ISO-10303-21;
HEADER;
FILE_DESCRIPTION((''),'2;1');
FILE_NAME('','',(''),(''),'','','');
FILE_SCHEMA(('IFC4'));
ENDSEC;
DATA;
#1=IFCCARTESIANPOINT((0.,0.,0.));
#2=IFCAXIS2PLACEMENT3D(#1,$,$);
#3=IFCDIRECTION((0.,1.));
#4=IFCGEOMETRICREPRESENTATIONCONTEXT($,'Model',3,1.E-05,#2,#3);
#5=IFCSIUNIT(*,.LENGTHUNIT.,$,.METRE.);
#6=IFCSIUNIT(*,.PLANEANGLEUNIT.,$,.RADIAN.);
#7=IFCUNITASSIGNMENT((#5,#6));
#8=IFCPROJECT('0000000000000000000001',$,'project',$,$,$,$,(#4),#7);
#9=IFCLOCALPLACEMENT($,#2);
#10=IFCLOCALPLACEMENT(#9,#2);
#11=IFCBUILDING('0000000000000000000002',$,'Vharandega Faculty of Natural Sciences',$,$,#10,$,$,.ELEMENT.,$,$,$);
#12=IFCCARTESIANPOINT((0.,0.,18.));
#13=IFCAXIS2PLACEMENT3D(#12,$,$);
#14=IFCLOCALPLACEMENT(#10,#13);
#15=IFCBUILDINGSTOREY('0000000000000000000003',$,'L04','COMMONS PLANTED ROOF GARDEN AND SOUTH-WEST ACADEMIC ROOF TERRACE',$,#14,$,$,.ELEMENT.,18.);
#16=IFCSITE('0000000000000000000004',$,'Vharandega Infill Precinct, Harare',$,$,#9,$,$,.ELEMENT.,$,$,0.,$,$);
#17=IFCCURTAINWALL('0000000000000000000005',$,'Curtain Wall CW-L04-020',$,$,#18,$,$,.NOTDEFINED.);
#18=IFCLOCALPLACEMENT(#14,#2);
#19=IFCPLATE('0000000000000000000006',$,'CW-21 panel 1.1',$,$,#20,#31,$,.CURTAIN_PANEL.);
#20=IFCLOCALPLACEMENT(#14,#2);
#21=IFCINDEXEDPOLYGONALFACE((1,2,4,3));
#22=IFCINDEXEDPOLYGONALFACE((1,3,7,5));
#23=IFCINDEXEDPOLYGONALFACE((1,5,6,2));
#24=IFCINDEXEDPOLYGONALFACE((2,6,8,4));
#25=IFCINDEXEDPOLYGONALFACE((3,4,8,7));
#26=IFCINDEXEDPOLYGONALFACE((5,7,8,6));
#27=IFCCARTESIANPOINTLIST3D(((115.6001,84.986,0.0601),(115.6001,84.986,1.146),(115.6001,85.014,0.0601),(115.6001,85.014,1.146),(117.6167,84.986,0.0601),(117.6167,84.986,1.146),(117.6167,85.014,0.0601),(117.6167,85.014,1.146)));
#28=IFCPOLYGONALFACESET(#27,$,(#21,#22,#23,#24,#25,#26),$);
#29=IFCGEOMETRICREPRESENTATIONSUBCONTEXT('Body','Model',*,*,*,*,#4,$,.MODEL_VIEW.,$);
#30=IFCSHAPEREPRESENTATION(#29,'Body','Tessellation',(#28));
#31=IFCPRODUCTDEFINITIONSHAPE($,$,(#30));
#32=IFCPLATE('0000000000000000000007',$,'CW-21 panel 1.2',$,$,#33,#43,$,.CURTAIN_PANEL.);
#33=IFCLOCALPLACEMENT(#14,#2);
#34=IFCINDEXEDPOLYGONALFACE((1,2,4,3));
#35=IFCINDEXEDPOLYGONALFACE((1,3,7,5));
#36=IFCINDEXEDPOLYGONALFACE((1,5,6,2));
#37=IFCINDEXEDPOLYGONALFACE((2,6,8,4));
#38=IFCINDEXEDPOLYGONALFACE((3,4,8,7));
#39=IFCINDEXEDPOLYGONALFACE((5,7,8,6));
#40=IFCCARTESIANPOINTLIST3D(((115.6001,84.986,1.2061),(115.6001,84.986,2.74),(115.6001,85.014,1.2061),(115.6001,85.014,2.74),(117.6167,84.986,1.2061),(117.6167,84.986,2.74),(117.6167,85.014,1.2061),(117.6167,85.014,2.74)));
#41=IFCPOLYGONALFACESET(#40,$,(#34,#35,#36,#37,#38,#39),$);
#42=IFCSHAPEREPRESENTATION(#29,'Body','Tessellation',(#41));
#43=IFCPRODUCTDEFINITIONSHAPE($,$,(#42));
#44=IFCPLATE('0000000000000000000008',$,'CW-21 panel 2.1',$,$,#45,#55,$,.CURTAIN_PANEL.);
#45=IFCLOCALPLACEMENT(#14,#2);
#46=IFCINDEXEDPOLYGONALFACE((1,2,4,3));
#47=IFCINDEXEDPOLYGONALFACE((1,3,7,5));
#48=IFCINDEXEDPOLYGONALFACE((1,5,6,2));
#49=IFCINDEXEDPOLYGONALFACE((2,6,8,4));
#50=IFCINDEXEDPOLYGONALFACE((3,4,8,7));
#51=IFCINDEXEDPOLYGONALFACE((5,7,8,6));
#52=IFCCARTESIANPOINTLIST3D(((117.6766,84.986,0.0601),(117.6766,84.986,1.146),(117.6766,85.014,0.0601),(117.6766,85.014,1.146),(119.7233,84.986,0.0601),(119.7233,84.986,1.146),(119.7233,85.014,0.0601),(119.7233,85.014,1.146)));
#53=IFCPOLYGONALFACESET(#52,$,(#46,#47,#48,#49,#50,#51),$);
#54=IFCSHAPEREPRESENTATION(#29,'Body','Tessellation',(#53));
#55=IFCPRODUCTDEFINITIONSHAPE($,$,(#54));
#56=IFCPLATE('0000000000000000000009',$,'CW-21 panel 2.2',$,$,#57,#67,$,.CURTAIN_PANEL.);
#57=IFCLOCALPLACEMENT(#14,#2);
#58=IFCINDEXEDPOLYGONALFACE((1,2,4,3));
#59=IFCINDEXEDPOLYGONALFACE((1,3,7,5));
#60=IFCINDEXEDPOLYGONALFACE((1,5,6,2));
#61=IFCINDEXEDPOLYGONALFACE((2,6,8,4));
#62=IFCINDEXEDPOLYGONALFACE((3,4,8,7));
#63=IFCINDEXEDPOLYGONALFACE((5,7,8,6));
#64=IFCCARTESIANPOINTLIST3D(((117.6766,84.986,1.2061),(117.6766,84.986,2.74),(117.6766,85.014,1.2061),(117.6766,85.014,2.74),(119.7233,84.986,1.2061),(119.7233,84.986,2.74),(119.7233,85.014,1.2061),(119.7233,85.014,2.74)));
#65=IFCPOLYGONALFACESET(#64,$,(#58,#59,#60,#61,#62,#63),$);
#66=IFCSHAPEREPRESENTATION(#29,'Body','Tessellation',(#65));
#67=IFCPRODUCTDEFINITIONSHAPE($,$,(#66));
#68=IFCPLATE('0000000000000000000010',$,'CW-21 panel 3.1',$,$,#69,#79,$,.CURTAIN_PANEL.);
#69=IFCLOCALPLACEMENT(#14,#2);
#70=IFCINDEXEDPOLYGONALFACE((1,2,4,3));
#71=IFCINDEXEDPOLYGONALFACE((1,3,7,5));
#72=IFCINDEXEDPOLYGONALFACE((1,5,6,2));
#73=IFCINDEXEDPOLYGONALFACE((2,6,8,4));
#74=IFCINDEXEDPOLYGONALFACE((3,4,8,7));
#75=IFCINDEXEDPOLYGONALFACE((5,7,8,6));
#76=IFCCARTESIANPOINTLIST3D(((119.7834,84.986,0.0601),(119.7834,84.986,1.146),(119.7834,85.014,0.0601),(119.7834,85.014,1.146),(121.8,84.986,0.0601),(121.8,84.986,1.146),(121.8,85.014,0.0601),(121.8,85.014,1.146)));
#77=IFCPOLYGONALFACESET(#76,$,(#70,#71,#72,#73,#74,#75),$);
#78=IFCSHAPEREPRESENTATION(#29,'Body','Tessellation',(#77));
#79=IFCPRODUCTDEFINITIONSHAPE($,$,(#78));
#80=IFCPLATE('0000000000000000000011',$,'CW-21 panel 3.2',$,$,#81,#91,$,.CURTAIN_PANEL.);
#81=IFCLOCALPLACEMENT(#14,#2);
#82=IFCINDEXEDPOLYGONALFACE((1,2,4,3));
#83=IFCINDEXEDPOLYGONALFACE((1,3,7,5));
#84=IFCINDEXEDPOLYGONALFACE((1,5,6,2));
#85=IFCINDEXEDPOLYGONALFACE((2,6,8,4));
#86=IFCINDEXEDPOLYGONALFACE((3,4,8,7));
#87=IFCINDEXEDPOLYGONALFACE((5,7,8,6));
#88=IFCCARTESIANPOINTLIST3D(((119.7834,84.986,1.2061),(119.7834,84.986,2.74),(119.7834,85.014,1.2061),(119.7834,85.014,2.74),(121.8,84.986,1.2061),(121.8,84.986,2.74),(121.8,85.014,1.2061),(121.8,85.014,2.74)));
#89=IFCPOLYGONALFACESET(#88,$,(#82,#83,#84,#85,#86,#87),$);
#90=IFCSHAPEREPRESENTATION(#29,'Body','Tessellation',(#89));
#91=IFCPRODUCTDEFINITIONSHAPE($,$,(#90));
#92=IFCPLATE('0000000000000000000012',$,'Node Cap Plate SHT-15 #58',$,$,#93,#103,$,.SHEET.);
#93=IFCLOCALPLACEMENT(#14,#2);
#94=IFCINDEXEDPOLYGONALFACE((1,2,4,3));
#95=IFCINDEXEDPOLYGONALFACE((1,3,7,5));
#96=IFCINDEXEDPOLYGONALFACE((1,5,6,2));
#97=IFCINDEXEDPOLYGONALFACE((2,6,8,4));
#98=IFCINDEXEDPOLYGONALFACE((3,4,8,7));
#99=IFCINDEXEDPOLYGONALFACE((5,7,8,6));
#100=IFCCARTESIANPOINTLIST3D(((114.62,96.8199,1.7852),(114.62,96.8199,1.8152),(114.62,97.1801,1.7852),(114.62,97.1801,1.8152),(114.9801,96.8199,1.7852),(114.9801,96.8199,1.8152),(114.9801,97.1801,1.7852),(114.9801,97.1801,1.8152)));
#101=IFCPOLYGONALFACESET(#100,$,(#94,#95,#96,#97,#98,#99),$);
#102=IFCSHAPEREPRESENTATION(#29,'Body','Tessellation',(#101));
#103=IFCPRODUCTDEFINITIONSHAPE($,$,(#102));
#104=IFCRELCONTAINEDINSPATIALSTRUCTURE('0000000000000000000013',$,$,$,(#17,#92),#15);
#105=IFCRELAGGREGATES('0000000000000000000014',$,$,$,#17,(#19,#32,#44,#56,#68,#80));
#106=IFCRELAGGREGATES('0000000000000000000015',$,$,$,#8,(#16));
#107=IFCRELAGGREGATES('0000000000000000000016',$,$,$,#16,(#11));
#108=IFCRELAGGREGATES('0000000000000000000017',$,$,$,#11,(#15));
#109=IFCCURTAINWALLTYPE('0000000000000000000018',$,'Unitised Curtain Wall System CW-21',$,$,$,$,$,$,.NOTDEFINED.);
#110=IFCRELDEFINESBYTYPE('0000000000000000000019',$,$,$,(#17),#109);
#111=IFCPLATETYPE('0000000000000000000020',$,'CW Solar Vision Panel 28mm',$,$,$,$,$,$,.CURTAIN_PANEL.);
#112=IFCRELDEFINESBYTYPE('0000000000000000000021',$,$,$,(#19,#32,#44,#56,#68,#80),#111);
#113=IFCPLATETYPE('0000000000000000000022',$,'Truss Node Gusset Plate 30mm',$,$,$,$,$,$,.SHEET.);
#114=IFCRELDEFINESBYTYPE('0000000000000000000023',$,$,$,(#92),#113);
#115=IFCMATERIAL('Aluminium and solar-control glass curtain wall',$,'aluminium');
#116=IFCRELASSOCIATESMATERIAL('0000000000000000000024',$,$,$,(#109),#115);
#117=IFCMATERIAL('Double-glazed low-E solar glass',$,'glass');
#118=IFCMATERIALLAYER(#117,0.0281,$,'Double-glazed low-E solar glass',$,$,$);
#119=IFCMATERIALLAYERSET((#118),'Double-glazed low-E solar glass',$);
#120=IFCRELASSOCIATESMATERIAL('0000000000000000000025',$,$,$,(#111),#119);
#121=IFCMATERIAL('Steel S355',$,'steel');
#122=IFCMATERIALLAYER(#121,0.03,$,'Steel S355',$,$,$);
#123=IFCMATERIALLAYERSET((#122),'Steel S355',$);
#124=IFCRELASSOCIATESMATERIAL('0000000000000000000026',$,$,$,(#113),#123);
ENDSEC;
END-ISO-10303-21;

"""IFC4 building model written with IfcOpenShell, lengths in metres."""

from ifc_helpers import new_model, si_unit, direction, frame, origin, origin_2d, place, context, subcontext, project, spatial, rectangle, extrude, material, layer, layer_set, type_object, element, aggregate, save


model = new_model("IFC4")

# Units and contexts
model_context = context("Model", 3, precision=1e-05, world=origin(), true_north=direction((0.0, 1.0)))
body_context = subcontext(model_context, "Body", "Model", "MODEL_VIEW")
ifc_project = project(units=[si_unit("LENGTHUNIT", "METRE"), si_unit("PLANEANGLEUNIT", "RADIAN")], contexts=[model_context])

# Site, building, storey
site_placement = place(None, origin())
site = spatial("IfcSite", under=ifc_project, at=site_placement, Name="Vharandega Infill Precinct, Harare", CompositionType="ELEMENT", RefElevation=0.0)
building_placement = place(site_placement, origin())
building = spatial("IfcBuilding", under=site, at=building_placement, Name="Vharandega Faculty of Natural Sciences", CompositionType="ELEMENT")
storey_placement = place(building_placement, frame((0.0, 0.0, 18.0)))
storey = spatial("IfcBuildingStorey", under=building, at=storey_placement, Name="L04", Description="COMMONS PLANTED ROOF GARDEN AND SOUTH-WEST ACADEMIC ROOF TERRACE", CompositionType="ELEMENT", Elevation=18.0)

# Curtain wall, plates
ifc_material_1 = material(Name="Aluminium and solar-control glass curtain wall", Category="aluminium")
curtain_wall_type = type_object("IfcCurtainWallType", Name="Unitised Curtain Wall System CW-21", PredefinedType="NOTDEFINED", material=ifc_material_1)
curtain_wall_placement = place(storey_placement, origin())
curtain_wall = element("IfcCurtainWall", 1, at=curtain_wall_placement, inside=storey, type_object=curtain_wall_type, Name="Curtain Wall CW-L04-020", PredefinedType="NOTDEFINED")
ifc_material_2 = material(Name="Double-glazed low-E solar glass", Category="glass")
ifc_layer_1 = layer(ifc_material_2, 0.0281, Name="Double-glazed low-E solar glass")
ifc_layer_set_1 = layer_set([ifc_layer_1], Name="Double-glazed low-E solar glass")
plate_type_1 = type_object("IfcPlateType", Name="CW Solar Vision Panel 28mm", PredefinedType="CURTAIN_PANEL", material=ifc_layer_set_1)
plate_1_placement = place(storey_placement, frame((116.6084, 85.0, 0.0601), z_axis=(0.0, 0.0, 1.0), x_axis=(1.0, 0.0, 0.0)))
plate_1 = element("IfcPlate", 2, at=plate_1_placement, type_object=plate_type_1, Name="CW-21 panel 1.1", PredefinedType="CURTAIN_PANEL", context=body_context, shape_type="SweptSolid", body=[
    extrude(rectangle(XDim=2.0166, YDim=0.0281, at=origin_2d()), origin(), (0.0, 0.0, 1.0), 1.0859),
])
plate_2_placement = place(storey_placement, frame((116.6084, 85.0, 1.2061), z_axis=(0.0, 0.0, 1.0), x_axis=(1.0, 0.0, 0.0)))
plate_2 = element("IfcPlate", 3, at=plate_2_placement, type_object=plate_type_1, Name="CW-21 panel 1.2", PredefinedType="CURTAIN_PANEL", context=body_context, shape_type="SweptSolid", body=[
    extrude(rectangle(XDim=2.0166, YDim=0.0281, at=origin_2d()), origin(), (0.0, 0.0, 1.0), 1.5339),
])
plate_3_placement = place(storey_placement, frame((118.7, 85.0, 0.0601), z_axis=(0.0, 0.0, 1.0), x_axis=(1.0, 0.0, 0.0)))
plate_3 = element("IfcPlate", 4, at=plate_3_placement, type_object=plate_type_1, Name="CW-21 panel 2.1", PredefinedType="CURTAIN_PANEL", context=body_context, shape_type="SweptSolid", body=[
    extrude(rectangle(XDim=2.0466, YDim=0.0281, at=origin_2d()), origin(), (0.0, 0.0, 1.0), 1.0859),
])
plate_4_placement = place(storey_placement, frame((118.7, 85.0, 1.2061), z_axis=(0.0, 0.0, 1.0), x_axis=(1.0, 0.0, 0.0)))
plate_4 = element("IfcPlate", 5, at=plate_4_placement, type_object=plate_type_1, Name="CW-21 panel 2.2", PredefinedType="CURTAIN_PANEL", context=body_context, shape_type="SweptSolid", body=[
    extrude(rectangle(XDim=2.0466, YDim=0.0281, at=origin_2d()), origin(), (0.0, 0.0, 1.0), 1.5339),
])
plate_5_placement = place(storey_placement, frame((120.7917, 85.0, 0.0601), z_axis=(0.0, 0.0, 1.0), x_axis=(1.0, 0.0, 0.0)))
plate_5 = element("IfcPlate", 6, at=plate_5_placement, type_object=plate_type_1, Name="CW-21 panel 3.1", PredefinedType="CURTAIN_PANEL", context=body_context, shape_type="SweptSolid", body=[
    extrude(rectangle(XDim=2.0166, YDim=0.0281, at=origin_2d()), origin(), (0.0, 0.0, 1.0), 1.0859),
])
plate_6_placement = place(storey_placement, frame((120.7917, 85.0, 1.2061), z_axis=(0.0, 0.0, 1.0), x_axis=(1.0, 0.0, 0.0)))
plate_6 = element("IfcPlate", 7, at=plate_6_placement, type_object=plate_type_1, Name="CW-21 panel 3.2", PredefinedType="CURTAIN_PANEL", context=body_context, shape_type="SweptSolid", body=[
    extrude(rectangle(XDim=2.0166, YDim=0.0281, at=origin_2d()), origin(), (0.0, 0.0, 1.0), 1.5339),
])
aggregate(curtain_wall, [plate_1, plate_2, plate_3, plate_4, plate_5, plate_6])

# Plate
ifc_material_3 = material(Name="Steel S355", Category="steel")
ifc_layer_2 = layer(ifc_material_3, 0.03, Name="Steel S355")
ifc_layer_set_2 = layer_set([ifc_layer_2], Name="Steel S355")
plate_type_2 = type_object("IfcPlateType", Name="Truss Node Gusset Plate 30mm", PredefinedType="SHEET", material=ifc_layer_set_2)
plate_7_placement = place(storey_placement, frame((114.8, 97.0, 1.7852), z_axis=(0.0, 0.0, 1.0), x_axis=(1.0, 0.0, 0.0)))
element("IfcPlate", 8, at=plate_7_placement, inside=storey, type_object=plate_type_2, Name="Node Cap Plate SHT-15 #58", PredefinedType="SHEET", context=body_context, shape_type="SweptSolid", body=[
    extrude(rectangle(XDim=0.3601, YDim=0.3601, at=origin_2d()), origin(), (0.0, 0.0, 1.0), 0.03),
])

save(model, "model.ifc")
